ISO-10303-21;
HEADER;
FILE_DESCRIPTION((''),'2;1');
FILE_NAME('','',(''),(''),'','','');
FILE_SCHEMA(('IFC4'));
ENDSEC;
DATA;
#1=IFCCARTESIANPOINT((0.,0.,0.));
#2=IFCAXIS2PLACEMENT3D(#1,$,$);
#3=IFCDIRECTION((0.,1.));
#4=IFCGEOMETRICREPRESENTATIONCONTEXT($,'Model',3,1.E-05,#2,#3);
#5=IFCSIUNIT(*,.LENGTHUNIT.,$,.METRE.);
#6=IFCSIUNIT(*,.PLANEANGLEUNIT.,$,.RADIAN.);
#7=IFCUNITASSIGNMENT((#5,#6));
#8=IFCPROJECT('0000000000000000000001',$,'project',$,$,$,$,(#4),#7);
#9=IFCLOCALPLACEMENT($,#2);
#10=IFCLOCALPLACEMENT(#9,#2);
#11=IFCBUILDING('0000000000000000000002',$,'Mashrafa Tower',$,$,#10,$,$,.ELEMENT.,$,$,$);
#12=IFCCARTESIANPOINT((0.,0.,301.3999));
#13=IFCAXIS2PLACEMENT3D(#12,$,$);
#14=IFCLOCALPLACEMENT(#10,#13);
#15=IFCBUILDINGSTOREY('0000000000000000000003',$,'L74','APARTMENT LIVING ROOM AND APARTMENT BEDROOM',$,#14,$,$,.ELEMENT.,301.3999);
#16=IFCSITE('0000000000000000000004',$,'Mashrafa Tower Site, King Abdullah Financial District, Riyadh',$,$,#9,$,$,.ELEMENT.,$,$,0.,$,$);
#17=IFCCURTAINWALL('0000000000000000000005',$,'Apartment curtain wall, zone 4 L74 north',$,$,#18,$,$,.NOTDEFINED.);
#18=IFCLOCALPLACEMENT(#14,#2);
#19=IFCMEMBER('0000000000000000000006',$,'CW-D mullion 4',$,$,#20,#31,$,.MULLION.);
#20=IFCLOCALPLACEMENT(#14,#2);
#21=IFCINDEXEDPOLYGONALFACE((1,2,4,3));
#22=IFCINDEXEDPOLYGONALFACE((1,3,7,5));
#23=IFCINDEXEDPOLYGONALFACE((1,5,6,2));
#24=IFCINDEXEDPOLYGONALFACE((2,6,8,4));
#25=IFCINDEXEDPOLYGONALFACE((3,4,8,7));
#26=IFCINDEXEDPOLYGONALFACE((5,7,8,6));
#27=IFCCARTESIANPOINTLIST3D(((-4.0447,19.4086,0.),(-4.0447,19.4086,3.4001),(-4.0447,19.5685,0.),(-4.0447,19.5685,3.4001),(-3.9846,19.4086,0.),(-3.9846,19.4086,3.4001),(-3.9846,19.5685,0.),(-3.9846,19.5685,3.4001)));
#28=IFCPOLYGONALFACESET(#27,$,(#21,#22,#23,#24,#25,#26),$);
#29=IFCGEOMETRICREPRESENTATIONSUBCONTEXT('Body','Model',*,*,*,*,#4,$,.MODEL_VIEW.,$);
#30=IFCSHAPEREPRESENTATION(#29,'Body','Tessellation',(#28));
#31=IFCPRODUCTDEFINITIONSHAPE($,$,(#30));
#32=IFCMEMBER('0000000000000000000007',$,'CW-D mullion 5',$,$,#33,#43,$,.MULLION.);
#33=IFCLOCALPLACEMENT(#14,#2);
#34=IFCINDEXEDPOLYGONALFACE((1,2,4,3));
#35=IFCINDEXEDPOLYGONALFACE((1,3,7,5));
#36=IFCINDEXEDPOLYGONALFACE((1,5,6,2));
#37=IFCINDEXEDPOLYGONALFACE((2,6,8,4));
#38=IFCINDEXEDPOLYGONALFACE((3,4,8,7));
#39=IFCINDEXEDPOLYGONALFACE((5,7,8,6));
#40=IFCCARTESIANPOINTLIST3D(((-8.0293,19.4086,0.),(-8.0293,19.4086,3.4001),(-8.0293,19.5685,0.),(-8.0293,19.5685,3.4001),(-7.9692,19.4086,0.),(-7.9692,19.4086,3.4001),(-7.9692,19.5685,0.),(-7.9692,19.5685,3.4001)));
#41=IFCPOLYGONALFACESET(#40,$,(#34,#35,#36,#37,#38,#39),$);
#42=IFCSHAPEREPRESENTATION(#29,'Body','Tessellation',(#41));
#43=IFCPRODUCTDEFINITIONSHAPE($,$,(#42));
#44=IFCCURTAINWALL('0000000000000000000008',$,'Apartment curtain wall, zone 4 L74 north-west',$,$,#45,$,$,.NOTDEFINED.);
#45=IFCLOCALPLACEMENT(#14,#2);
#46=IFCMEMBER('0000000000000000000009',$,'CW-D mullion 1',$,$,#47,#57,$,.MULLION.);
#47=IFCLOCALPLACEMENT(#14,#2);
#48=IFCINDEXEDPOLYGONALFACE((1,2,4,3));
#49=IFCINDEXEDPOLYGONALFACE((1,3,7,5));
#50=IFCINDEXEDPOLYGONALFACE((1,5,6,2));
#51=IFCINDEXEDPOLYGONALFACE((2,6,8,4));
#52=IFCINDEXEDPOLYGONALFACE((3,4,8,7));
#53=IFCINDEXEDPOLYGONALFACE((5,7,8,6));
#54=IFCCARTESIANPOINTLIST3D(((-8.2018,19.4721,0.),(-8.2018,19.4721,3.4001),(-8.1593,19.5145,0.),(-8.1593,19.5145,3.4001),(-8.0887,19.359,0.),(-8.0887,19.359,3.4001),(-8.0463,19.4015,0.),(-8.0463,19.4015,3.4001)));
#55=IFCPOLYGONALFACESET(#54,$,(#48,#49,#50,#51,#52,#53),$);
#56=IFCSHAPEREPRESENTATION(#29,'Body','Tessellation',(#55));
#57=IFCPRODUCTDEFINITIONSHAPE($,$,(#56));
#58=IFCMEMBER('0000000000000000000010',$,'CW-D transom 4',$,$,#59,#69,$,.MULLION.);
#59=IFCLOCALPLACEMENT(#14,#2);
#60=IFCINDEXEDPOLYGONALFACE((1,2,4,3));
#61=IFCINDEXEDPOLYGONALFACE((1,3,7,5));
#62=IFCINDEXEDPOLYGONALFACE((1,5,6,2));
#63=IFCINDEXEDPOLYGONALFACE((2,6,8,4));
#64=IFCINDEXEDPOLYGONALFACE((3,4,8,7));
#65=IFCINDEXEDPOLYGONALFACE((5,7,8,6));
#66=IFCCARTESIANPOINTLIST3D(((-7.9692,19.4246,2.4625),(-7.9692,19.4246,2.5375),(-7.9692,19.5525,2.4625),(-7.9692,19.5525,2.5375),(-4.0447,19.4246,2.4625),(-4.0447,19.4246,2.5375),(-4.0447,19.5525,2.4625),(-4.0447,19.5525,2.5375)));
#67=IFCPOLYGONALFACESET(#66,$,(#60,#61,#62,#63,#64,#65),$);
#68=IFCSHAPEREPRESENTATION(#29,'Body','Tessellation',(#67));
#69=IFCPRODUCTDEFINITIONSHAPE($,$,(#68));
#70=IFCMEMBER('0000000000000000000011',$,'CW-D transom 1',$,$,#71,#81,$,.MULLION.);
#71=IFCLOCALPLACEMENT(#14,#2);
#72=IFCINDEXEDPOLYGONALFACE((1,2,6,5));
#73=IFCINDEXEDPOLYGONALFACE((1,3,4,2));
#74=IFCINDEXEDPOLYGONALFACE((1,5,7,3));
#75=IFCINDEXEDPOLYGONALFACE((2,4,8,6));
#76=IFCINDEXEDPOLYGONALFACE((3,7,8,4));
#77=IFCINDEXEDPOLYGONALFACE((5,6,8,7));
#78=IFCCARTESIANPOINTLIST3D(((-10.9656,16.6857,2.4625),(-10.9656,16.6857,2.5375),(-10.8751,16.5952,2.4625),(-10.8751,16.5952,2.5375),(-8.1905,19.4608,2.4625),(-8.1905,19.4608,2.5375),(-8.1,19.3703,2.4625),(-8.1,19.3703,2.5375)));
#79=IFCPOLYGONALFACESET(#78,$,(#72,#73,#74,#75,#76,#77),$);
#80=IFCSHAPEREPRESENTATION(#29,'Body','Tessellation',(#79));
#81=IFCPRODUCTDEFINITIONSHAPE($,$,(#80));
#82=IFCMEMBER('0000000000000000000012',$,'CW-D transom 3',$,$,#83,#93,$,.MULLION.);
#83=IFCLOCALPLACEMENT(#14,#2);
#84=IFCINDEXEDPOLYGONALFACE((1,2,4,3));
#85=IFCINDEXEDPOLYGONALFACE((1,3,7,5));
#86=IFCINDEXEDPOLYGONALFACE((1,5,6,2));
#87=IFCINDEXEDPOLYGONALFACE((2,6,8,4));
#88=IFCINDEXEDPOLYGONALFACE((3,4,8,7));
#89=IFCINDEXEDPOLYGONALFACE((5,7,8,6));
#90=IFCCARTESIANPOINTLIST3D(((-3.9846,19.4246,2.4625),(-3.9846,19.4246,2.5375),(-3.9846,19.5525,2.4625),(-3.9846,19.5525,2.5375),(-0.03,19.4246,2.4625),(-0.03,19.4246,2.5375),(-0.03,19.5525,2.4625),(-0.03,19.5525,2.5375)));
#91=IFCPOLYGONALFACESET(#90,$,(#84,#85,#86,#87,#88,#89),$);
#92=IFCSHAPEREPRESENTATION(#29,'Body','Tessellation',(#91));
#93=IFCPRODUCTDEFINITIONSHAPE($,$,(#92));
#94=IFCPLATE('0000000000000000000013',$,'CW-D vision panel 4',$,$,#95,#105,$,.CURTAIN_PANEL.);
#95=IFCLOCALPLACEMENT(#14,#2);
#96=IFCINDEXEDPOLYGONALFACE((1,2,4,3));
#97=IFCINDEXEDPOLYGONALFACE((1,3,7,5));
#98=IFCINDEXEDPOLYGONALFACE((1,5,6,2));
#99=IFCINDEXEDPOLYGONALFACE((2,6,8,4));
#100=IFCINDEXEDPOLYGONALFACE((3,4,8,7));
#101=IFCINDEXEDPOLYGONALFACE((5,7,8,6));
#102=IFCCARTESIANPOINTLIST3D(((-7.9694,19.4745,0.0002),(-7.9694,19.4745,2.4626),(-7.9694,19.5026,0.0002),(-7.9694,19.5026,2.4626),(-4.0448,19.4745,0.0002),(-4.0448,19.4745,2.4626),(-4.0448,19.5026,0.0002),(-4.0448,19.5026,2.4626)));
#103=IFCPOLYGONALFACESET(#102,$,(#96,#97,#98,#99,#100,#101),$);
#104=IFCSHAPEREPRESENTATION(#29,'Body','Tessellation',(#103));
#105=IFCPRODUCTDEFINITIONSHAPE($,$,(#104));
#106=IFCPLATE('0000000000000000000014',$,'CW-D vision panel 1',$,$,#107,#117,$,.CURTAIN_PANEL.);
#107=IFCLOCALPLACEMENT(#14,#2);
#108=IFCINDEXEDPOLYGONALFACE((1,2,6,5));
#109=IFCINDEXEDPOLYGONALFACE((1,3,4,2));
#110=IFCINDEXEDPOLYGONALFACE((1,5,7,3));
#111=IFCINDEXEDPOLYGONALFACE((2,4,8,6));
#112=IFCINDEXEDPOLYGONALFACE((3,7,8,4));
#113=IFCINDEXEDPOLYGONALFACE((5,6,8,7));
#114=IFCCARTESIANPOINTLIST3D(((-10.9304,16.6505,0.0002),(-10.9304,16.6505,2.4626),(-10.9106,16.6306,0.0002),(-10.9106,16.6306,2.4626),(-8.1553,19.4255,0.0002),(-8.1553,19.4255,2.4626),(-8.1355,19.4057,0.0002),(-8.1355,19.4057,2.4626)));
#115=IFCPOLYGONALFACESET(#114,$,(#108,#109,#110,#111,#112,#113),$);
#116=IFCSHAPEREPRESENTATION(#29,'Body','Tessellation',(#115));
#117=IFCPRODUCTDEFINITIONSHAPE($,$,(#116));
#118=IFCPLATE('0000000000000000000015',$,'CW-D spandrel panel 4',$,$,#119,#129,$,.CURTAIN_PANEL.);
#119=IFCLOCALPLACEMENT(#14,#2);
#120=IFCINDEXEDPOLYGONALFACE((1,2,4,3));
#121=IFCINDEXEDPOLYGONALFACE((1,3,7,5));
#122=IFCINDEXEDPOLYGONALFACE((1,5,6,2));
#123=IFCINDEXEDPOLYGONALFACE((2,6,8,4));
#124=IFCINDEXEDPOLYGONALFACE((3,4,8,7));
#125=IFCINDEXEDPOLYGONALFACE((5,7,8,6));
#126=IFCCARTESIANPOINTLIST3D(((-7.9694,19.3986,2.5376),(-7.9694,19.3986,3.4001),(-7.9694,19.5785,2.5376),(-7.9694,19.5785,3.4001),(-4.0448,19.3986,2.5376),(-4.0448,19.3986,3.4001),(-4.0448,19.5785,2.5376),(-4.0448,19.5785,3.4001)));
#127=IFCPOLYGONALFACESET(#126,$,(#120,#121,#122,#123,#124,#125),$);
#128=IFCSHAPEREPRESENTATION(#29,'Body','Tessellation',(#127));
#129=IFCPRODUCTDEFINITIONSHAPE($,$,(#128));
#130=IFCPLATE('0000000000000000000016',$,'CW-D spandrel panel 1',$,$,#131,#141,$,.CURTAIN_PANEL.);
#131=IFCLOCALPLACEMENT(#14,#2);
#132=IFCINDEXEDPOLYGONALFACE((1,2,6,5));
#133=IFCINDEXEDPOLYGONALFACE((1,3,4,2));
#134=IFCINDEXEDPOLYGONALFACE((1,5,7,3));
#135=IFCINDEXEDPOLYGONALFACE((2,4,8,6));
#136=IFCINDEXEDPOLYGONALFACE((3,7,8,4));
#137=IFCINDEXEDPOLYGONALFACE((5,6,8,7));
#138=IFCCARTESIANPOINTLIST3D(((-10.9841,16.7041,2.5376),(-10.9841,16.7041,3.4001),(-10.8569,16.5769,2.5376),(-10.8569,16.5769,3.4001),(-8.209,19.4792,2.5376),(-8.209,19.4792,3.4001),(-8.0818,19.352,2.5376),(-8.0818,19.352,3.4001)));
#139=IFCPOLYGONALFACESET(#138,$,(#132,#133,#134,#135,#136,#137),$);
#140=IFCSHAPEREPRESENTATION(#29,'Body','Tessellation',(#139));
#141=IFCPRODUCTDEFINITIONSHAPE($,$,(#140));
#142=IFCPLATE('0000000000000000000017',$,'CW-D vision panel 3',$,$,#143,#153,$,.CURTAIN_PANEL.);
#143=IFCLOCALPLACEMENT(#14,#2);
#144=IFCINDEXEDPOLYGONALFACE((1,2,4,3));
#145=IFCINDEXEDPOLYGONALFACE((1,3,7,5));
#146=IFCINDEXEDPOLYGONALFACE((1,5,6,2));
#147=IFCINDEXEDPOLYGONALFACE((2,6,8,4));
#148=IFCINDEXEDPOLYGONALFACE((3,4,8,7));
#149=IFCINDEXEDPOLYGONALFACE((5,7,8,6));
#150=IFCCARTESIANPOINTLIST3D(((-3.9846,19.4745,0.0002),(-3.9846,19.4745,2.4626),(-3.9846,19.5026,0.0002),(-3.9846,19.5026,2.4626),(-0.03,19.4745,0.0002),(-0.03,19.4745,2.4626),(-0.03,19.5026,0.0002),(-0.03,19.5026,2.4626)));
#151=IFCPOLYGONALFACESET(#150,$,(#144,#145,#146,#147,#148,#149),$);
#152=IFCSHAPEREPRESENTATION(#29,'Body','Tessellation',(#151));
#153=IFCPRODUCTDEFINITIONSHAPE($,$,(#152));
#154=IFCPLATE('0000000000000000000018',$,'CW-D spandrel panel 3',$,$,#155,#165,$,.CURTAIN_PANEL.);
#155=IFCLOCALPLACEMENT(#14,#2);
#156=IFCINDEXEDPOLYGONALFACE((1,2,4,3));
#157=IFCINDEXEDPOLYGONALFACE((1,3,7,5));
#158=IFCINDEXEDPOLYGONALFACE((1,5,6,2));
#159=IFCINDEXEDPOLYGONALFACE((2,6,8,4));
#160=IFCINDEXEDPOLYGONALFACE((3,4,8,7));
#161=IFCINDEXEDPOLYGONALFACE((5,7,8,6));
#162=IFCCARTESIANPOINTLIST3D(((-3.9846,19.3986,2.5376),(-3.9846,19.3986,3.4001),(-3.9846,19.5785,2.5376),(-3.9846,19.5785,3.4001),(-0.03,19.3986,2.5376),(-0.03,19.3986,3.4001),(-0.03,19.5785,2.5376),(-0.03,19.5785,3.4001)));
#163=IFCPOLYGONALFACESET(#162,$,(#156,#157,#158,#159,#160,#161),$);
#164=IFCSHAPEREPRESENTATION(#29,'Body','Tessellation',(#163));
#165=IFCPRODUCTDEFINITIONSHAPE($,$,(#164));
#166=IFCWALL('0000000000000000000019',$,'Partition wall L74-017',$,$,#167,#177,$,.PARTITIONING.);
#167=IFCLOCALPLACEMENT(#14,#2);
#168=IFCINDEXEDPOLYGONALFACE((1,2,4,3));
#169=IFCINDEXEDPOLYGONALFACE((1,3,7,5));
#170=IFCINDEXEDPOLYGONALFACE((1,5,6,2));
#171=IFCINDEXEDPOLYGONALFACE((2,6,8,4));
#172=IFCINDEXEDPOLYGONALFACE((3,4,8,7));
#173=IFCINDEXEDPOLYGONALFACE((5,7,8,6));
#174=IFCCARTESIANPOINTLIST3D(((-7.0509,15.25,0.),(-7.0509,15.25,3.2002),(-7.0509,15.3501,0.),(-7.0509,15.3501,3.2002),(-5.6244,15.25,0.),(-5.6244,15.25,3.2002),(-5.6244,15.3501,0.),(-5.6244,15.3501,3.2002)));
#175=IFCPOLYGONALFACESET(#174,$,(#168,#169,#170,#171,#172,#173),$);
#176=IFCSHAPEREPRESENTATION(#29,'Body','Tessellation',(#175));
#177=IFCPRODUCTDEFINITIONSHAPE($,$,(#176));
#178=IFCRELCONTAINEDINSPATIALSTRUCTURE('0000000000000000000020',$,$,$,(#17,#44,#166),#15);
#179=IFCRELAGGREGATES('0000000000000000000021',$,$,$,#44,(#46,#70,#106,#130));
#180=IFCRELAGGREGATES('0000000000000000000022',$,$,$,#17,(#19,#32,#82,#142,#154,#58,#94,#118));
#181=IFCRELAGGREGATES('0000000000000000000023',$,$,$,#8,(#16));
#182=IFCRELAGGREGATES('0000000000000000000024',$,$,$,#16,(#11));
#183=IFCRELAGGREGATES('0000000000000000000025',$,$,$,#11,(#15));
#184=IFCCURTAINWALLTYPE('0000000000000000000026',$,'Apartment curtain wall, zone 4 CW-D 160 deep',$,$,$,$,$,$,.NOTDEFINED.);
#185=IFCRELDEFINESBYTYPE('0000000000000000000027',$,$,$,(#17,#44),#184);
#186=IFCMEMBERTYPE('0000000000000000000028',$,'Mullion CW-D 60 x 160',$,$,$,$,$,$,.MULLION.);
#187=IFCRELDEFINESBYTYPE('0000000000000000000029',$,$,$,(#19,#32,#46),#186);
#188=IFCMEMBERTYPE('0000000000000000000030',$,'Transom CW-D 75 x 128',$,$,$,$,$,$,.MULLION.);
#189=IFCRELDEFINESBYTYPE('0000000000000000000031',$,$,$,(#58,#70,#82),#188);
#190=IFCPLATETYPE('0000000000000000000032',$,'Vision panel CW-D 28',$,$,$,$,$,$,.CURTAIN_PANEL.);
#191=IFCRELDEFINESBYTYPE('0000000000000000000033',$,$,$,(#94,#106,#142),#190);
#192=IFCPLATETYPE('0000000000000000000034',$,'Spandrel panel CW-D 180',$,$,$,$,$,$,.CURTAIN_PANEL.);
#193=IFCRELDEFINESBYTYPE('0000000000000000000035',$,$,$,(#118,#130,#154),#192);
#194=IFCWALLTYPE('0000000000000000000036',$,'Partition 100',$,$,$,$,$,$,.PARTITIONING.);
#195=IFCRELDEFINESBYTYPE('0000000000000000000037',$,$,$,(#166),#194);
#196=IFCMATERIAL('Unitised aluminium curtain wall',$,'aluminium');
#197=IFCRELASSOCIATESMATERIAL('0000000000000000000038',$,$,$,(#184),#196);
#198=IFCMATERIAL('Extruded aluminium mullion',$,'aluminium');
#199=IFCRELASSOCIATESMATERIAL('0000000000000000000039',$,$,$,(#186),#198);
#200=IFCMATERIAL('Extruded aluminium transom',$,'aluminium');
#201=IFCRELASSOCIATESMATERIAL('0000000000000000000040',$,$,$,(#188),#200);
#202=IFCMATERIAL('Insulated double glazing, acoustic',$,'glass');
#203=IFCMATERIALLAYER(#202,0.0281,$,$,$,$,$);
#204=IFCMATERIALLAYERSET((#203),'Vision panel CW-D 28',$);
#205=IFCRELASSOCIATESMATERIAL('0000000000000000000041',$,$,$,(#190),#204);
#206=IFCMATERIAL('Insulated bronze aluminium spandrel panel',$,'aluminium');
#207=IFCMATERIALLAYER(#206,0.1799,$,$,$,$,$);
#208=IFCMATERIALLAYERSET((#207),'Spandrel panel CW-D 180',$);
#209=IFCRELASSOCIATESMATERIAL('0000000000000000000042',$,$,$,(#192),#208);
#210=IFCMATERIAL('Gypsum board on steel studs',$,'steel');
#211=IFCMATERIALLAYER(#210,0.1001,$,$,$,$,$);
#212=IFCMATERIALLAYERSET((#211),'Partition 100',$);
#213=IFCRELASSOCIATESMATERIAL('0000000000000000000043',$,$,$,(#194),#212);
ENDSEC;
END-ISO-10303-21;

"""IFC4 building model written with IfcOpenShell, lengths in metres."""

from ifc_helpers import new_model, si_unit, direction, frame, frame_2d, origin, origin_2d, place, context, subcontext, project, spatial, rectangle, extrude, source, transform, mapped, material, layer, layer_set, material_profile, profile_set, type_object, type_shapes, element, aggregate, save


model = new_model("IFC4")

# Units and contexts
model_context = context("Model", 3, precision=1e-05, world=origin(), true_north=direction((0.0, 1.0)))
body_context = subcontext(model_context, "Body", "Model", "MODEL_VIEW")
ifc_project = project(units=[si_unit("LENGTHUNIT", "METRE"), si_unit("PLANEANGLEUNIT", "RADIAN")], contexts=[model_context])

# Site, building, storey
site_placement = place(None, origin())
site = spatial("IfcSite", under=ifc_project, at=site_placement, Name="Mashrafa Tower Site, King Abdullah Financial District, Riyadh", CompositionType="ELEMENT", RefElevation=0.0)
building_placement = place(site_placement, origin())
building = spatial("IfcBuilding", under=site, at=building_placement, Name="Mashrafa Tower", CompositionType="ELEMENT")
storey_placement = place(building_placement, frame((0.0, 0.0, 301.3999)))
storey = spatial("IfcBuildingStorey", under=building, at=storey_placement, Name="L74", Description="APARTMENT LIVING ROOM AND APARTMENT BEDROOM", CompositionType="ELEMENT", Elevation=301.3999)

# Curtain wall, members
ifc_material_1 = material(Name="Unitised aluminium curtain wall", Category="aluminium")
curtain_wall_type = type_object("IfcCurtainWallType", Name="Apartment curtain wall, zone 4 CW-D 160 deep", PredefinedType="NOTDEFINED", material=ifc_material_1)
curtain_wall_1_placement = place(storey_placement, origin())
curtain_wall_1 = element("IfcCurtainWall", 1, at=curtain_wall_1_placement, inside=storey, type_object=curtain_wall_type, Name="Apartment curtain wall, zone 4 L74 north", PredefinedType="NOTDEFINED")
ifc_material_2 = material(Name="Extruded aluminium mullion", Category="aluminium")
ifc_material_profile_1 = material_profile(ifc_material_2, rectangle(XDim=0.1599, YDim=0.0601, at=origin_2d()), Name="Mullion 60x160")
ifc_profile_set_1 = profile_set([ifc_material_profile_1], Name="Extruded aluminium mullion")
member_type_1 = type_object("IfcMemberType", Name="Mullion CW-D 60 x 160", PredefinedType="MULLION", material=ifc_profile_set_1)
shared_shape_1 = source(origin(), body_context, "Body", "SweptSolid", [
    extrude(rectangle(XDim=0.1599, YDim=0.0601, at=origin_2d()), origin(), (0.0, 0.0, 1.0), 3.4001),
])
type_shapes(member_type_1, [shared_shape_1])
member_1_placement = place(storey_placement, frame((-4.0146, 19.4885, 0.0), z_axis=(0.0, 0.0, 1.0), x_axis=(0.0, -1.0, 0.0)))
member_1 = element("IfcMember", 2, at=member_1_placement, type_object=member_type_1, Name="CW-D mullion 4", PredefinedType="MULLION", context=body_context, shape_type="MappedRepresentation", body=[
    mapped(shared_shape_1, transform((0.0, 0.0, 0.0))),
])
member_2_placement = place(storey_placement, frame((-7.9993, 19.4885, 0.0), z_axis=(0.0, 0.0, 1.0), x_axis=(0.0, -1.0, 0.0)))
member_2 = element("IfcMember", 3, at=member_2_placement, type_object=member_type_1, Name="CW-D mullion 5", PredefinedType="MULLION", context=body_context, shape_type="MappedRepresentation", body=[
    mapped(shared_shape_1, transform((0.0, 0.0, 0.0))),
])

# Curtain wall, member
curtain_wall_2_placement = place(storey_placement, origin())
curtain_wall_2 = element("IfcCurtainWall", 4, at=curtain_wall_2_placement, inside=storey, type_object=curtain_wall_type, Name="Apartment curtain wall, zone 4 L74 north-west", PredefinedType="NOTDEFINED")
member_3_placement = place(storey_placement, frame((-8.124, 19.4368, 0.0), z_axis=(0.0, 0.0, 1.0), x_axis=(0.707107, -0.707107, 0.0)))
member_3 = element("IfcMember", 5, at=member_3_placement, type_object=member_type_1, Name="CW-D mullion 1", PredefinedType="MULLION", context=body_context, shape_type="MappedRepresentation", body=[
    mapped(shared_shape_1, transform((0.0, 0.0, 0.0))),
])

# Members
ifc_material_3 = material(Name="Extruded aluminium transom", Category="aluminium")
ifc_material_profile_2 = material_profile(ifc_material_3, rectangle(XDim=0.1279, YDim=0.075, at=origin_2d()), Name="Transom 75x128")
ifc_profile_set_2 = profile_set([ifc_material_profile_2], Name="Extruded aluminium transom")
member_type_2 = type_object("IfcMemberType", Name="Transom CW-D 75 x 128", PredefinedType="MULLION", material=ifc_profile_set_2)
shared_shape_2 = source(origin(), body_context, "Body", "SweptSolid", [
    extrude(rectangle(XDim=0.1279, YDim=0.075, at=origin_2d()), origin(), (0.0, 0.0, 1.0), 3.9246),
])
member_4_placement = place(storey_placement, frame((-4.0447, 19.4885, 2.5), z_axis=(-1.0, 0.0, 0.0), x_axis=(0.0, -1.0, 0.0)))
member_4 = element("IfcMember", 6, at=member_4_placement, type_object=member_type_2, Name="CW-D transom 4", PredefinedType="MULLION", context=body_context, shape_type="MappedRepresentation", body=[
    mapped(shared_shape_2, transform((0.0, 0.0, 0.0))),
])
member_5_placement = place(storey_placement, frame((-8.1453, 19.4155, 2.5), z_axis=(-0.707107, -0.707107, 0.0), x_axis=(0.707107, -0.707107, 0.0)))
member_5 = element("IfcMember", 7, at=member_5_placement, type_object=member_type_2, Name="CW-D transom 1", PredefinedType="MULLION", context=body_context, shape_type="MappedRepresentation", body=[
    mapped(shared_shape_2, transform((0.0, 0.0, 0.0))),
])
shared_shape_3 = source(origin(), body_context, "Body", "SweptSolid", [
    extrude(rectangle(XDim=0.1279, YDim=0.075, at=origin_2d()), origin(), (0.0, 0.0, 1.0), 3.9546),
])
type_shapes(member_type_2, [shared_shape_2, shared_shape_3])
member_6_placement = place(storey_placement, frame((-0.03, 19.4885, 2.5), z_axis=(-1.0, 0.0, 0.0), x_axis=(0.0, -1.0, 0.0)))
member_6 = element("IfcMember", 8, at=member_6_placement, type_object=member_type_2, Name="CW-D transom 3", PredefinedType="MULLION", context=body_context, shape_type="MappedRepresentation", body=[
    mapped(shared_shape_3, transform((0.0, 0.0, 0.0))),
])

# Plates
ifc_material_4 = material(Name="Insulated double glazing, acoustic", Category="glass")
ifc_layer_1 = layer(ifc_material_4, 0.0281)
ifc_layer_set_1 = layer_set([ifc_layer_1], Name="Vision panel CW-D 28")
plate_type_1 = type_object("IfcPlateType", Name="Vision panel CW-D 28", PredefinedType="CURTAIN_PANEL", material=ifc_layer_set_1)
shared_shape_4 = source(origin(), body_context, "Body", "SweptSolid", [
    extrude(rectangle(XDim=3.9246, YDim=0.0281, at=origin_2d()), origin(), (0.0, 0.0, 1.0), 2.4624),
])
plate_1_placement = place(storey_placement, frame((-6.0071, 19.4885, 0.0002), z_axis=(0.0, 0.0, 1.0), x_axis=(-1.0, 0.0, 0.0)))
plate_1 = element("IfcPlate", 9, at=plate_1_placement, type_object=plate_type_1, Name="CW-D vision panel 4", PredefinedType="CURTAIN_PANEL", context=body_context, shape_type="MappedRepresentation", body=[
    mapped(shared_shape_4, transform((0.0, 0.0, 0.0))),
])
plate_2_placement = place(storey_placement, frame((-9.533, 18.0281, 0.0002), z_axis=(0.0, 0.0, 1.0), x_axis=(-0.707107, -0.707107, 0.0)))
plate_2 = element("IfcPlate", 10, at=plate_2_placement, type_object=plate_type_1, Name="CW-D vision panel 1", PredefinedType="CURTAIN_PANEL", context=body_context, shape_type="MappedRepresentation", body=[
    mapped(shared_shape_4, transform((0.0, 0.0, 0.0))),
])
ifc_material_5 = material(Name="Insulated bronze aluminium spandrel panel", Category="aluminium")
ifc_layer_2 = layer(ifc_material_5, 0.1799)
ifc_layer_set_2 = layer_set([ifc_layer_2], Name="Spandrel panel CW-D 180")
plate_type_2 = type_object("IfcPlateType", Name="Spandrel panel CW-D 180", PredefinedType="CURTAIN_PANEL", material=ifc_layer_set_2)
shared_shape_5 = source(origin(), body_context, "Body", "SweptSolid", [
    extrude(rectangle(XDim=3.9246, YDim=0.1799, at=origin_2d()), origin(), (0.0, 0.0, 1.0), 0.8625),
])
plate_3_placement = place(storey_placement, frame((-6.0071, 19.4885, 2.5376), z_axis=(0.0, 0.0, 1.0), x_axis=(-1.0, 0.0, 0.0)))
plate_3 = element("IfcPlate", 11, at=plate_3_placement, type_object=plate_type_2, Name="CW-D spandrel panel 4", PredefinedType="CURTAIN_PANEL", context=body_context, shape_type="MappedRepresentation", body=[
    mapped(shared_shape_5, transform((0.0, 0.0, 0.0))),
])
plate_4_placement = place(storey_placement, frame((-9.533, 18.0281, 2.5376), z_axis=(0.0, 0.0, 1.0), x_axis=(-0.707107, -0.707107, 0.0)))
plate_4 = element("IfcPlate", 12, at=plate_4_placement, type_object=plate_type_2, Name="CW-D spandrel panel 1", PredefinedType="CURTAIN_PANEL", context=body_context, shape_type="MappedRepresentation", body=[
    mapped(shared_shape_5, transform((0.0, 0.0, 0.0))),
])
aggregate(curtain_wall_2, [member_3, member_5, plate_2, plate_4])
shared_shape_6 = source(origin(), body_context, "Body", "SweptSolid", [
    extrude(rectangle(XDim=3.9546, YDim=0.0281, at=origin_2d()), origin(), (0.0, 0.0, 1.0), 2.4624),
])
type_shapes(plate_type_1, [shared_shape_4, shared_shape_6])
plate_5_placement = place(storey_placement, frame((-2.0073, 19.4885, 0.0002), z_axis=(0.0, 0.0, 1.0), x_axis=(-1.0, 0.0, 0.0)))
plate_5 = element("IfcPlate", 13, at=plate_5_placement, type_object=plate_type_1, Name="CW-D vision panel 3", PredefinedType="CURTAIN_PANEL", context=body_context, shape_type="MappedRepresentation", body=[
    mapped(shared_shape_6, transform((0.0, 0.0, 0.0))),
])
shared_shape_7 = source(origin(), body_context, "Body", "SweptSolid", [
    extrude(rectangle(XDim=3.9546, YDim=0.1799, at=origin_2d()), origin(), (0.0, 0.0, 1.0), 0.8625),
])
type_shapes(plate_type_2, [shared_shape_5, shared_shape_7])
plate_6_placement = place(storey_placement, frame((-2.0073, 19.4885, 2.5376), z_axis=(0.0, 0.0, 1.0), x_axis=(-1.0, 0.0, 0.0)))
plate_6 = element("IfcPlate", 14, at=plate_6_placement, type_object=plate_type_2, Name="CW-D spandrel panel 3", PredefinedType="CURTAIN_PANEL", context=body_context, shape_type="MappedRepresentation", body=[
    mapped(shared_shape_7, transform((0.0, 0.0, 0.0))),
])
aggregate(curtain_wall_1, [member_1, member_2, member_6, plate_5, plate_6, member_4, plate_1, plate_3])

# Wall
ifc_material_6 = material(Name="Gypsum board on steel studs", Category="steel")
ifc_layer_3 = layer(ifc_material_6, 0.1001)
ifc_layer_set_3 = layer_set([ifc_layer_3], Name="Partition 100")
wall_type = type_object("IfcWallType", Name="Partition 100", PredefinedType="PARTITIONING", material=ifc_layer_set_3)
wall_1_placement = place(storey_placement, frame((-7.051, 15.3, 0.0), z_axis=(0.0, 0.0, 1.0), x_axis=(1.0, 0.0, 0.0)))
element("IfcWall", 15, at=wall_1_placement, inside=storey, type_object=wall_type, Name="Partition wall L74-017", PredefinedType="PARTITIONING", context=body_context, shape_type="SweptSolid", body=[
    extrude(rectangle(XDim=1.4265, YDim=0.1001, at=frame_2d((0.7134, 0.0))), origin(), (0.0, 0.0, 1.0), 3.2002),
])

save(model, "model.ifc")
